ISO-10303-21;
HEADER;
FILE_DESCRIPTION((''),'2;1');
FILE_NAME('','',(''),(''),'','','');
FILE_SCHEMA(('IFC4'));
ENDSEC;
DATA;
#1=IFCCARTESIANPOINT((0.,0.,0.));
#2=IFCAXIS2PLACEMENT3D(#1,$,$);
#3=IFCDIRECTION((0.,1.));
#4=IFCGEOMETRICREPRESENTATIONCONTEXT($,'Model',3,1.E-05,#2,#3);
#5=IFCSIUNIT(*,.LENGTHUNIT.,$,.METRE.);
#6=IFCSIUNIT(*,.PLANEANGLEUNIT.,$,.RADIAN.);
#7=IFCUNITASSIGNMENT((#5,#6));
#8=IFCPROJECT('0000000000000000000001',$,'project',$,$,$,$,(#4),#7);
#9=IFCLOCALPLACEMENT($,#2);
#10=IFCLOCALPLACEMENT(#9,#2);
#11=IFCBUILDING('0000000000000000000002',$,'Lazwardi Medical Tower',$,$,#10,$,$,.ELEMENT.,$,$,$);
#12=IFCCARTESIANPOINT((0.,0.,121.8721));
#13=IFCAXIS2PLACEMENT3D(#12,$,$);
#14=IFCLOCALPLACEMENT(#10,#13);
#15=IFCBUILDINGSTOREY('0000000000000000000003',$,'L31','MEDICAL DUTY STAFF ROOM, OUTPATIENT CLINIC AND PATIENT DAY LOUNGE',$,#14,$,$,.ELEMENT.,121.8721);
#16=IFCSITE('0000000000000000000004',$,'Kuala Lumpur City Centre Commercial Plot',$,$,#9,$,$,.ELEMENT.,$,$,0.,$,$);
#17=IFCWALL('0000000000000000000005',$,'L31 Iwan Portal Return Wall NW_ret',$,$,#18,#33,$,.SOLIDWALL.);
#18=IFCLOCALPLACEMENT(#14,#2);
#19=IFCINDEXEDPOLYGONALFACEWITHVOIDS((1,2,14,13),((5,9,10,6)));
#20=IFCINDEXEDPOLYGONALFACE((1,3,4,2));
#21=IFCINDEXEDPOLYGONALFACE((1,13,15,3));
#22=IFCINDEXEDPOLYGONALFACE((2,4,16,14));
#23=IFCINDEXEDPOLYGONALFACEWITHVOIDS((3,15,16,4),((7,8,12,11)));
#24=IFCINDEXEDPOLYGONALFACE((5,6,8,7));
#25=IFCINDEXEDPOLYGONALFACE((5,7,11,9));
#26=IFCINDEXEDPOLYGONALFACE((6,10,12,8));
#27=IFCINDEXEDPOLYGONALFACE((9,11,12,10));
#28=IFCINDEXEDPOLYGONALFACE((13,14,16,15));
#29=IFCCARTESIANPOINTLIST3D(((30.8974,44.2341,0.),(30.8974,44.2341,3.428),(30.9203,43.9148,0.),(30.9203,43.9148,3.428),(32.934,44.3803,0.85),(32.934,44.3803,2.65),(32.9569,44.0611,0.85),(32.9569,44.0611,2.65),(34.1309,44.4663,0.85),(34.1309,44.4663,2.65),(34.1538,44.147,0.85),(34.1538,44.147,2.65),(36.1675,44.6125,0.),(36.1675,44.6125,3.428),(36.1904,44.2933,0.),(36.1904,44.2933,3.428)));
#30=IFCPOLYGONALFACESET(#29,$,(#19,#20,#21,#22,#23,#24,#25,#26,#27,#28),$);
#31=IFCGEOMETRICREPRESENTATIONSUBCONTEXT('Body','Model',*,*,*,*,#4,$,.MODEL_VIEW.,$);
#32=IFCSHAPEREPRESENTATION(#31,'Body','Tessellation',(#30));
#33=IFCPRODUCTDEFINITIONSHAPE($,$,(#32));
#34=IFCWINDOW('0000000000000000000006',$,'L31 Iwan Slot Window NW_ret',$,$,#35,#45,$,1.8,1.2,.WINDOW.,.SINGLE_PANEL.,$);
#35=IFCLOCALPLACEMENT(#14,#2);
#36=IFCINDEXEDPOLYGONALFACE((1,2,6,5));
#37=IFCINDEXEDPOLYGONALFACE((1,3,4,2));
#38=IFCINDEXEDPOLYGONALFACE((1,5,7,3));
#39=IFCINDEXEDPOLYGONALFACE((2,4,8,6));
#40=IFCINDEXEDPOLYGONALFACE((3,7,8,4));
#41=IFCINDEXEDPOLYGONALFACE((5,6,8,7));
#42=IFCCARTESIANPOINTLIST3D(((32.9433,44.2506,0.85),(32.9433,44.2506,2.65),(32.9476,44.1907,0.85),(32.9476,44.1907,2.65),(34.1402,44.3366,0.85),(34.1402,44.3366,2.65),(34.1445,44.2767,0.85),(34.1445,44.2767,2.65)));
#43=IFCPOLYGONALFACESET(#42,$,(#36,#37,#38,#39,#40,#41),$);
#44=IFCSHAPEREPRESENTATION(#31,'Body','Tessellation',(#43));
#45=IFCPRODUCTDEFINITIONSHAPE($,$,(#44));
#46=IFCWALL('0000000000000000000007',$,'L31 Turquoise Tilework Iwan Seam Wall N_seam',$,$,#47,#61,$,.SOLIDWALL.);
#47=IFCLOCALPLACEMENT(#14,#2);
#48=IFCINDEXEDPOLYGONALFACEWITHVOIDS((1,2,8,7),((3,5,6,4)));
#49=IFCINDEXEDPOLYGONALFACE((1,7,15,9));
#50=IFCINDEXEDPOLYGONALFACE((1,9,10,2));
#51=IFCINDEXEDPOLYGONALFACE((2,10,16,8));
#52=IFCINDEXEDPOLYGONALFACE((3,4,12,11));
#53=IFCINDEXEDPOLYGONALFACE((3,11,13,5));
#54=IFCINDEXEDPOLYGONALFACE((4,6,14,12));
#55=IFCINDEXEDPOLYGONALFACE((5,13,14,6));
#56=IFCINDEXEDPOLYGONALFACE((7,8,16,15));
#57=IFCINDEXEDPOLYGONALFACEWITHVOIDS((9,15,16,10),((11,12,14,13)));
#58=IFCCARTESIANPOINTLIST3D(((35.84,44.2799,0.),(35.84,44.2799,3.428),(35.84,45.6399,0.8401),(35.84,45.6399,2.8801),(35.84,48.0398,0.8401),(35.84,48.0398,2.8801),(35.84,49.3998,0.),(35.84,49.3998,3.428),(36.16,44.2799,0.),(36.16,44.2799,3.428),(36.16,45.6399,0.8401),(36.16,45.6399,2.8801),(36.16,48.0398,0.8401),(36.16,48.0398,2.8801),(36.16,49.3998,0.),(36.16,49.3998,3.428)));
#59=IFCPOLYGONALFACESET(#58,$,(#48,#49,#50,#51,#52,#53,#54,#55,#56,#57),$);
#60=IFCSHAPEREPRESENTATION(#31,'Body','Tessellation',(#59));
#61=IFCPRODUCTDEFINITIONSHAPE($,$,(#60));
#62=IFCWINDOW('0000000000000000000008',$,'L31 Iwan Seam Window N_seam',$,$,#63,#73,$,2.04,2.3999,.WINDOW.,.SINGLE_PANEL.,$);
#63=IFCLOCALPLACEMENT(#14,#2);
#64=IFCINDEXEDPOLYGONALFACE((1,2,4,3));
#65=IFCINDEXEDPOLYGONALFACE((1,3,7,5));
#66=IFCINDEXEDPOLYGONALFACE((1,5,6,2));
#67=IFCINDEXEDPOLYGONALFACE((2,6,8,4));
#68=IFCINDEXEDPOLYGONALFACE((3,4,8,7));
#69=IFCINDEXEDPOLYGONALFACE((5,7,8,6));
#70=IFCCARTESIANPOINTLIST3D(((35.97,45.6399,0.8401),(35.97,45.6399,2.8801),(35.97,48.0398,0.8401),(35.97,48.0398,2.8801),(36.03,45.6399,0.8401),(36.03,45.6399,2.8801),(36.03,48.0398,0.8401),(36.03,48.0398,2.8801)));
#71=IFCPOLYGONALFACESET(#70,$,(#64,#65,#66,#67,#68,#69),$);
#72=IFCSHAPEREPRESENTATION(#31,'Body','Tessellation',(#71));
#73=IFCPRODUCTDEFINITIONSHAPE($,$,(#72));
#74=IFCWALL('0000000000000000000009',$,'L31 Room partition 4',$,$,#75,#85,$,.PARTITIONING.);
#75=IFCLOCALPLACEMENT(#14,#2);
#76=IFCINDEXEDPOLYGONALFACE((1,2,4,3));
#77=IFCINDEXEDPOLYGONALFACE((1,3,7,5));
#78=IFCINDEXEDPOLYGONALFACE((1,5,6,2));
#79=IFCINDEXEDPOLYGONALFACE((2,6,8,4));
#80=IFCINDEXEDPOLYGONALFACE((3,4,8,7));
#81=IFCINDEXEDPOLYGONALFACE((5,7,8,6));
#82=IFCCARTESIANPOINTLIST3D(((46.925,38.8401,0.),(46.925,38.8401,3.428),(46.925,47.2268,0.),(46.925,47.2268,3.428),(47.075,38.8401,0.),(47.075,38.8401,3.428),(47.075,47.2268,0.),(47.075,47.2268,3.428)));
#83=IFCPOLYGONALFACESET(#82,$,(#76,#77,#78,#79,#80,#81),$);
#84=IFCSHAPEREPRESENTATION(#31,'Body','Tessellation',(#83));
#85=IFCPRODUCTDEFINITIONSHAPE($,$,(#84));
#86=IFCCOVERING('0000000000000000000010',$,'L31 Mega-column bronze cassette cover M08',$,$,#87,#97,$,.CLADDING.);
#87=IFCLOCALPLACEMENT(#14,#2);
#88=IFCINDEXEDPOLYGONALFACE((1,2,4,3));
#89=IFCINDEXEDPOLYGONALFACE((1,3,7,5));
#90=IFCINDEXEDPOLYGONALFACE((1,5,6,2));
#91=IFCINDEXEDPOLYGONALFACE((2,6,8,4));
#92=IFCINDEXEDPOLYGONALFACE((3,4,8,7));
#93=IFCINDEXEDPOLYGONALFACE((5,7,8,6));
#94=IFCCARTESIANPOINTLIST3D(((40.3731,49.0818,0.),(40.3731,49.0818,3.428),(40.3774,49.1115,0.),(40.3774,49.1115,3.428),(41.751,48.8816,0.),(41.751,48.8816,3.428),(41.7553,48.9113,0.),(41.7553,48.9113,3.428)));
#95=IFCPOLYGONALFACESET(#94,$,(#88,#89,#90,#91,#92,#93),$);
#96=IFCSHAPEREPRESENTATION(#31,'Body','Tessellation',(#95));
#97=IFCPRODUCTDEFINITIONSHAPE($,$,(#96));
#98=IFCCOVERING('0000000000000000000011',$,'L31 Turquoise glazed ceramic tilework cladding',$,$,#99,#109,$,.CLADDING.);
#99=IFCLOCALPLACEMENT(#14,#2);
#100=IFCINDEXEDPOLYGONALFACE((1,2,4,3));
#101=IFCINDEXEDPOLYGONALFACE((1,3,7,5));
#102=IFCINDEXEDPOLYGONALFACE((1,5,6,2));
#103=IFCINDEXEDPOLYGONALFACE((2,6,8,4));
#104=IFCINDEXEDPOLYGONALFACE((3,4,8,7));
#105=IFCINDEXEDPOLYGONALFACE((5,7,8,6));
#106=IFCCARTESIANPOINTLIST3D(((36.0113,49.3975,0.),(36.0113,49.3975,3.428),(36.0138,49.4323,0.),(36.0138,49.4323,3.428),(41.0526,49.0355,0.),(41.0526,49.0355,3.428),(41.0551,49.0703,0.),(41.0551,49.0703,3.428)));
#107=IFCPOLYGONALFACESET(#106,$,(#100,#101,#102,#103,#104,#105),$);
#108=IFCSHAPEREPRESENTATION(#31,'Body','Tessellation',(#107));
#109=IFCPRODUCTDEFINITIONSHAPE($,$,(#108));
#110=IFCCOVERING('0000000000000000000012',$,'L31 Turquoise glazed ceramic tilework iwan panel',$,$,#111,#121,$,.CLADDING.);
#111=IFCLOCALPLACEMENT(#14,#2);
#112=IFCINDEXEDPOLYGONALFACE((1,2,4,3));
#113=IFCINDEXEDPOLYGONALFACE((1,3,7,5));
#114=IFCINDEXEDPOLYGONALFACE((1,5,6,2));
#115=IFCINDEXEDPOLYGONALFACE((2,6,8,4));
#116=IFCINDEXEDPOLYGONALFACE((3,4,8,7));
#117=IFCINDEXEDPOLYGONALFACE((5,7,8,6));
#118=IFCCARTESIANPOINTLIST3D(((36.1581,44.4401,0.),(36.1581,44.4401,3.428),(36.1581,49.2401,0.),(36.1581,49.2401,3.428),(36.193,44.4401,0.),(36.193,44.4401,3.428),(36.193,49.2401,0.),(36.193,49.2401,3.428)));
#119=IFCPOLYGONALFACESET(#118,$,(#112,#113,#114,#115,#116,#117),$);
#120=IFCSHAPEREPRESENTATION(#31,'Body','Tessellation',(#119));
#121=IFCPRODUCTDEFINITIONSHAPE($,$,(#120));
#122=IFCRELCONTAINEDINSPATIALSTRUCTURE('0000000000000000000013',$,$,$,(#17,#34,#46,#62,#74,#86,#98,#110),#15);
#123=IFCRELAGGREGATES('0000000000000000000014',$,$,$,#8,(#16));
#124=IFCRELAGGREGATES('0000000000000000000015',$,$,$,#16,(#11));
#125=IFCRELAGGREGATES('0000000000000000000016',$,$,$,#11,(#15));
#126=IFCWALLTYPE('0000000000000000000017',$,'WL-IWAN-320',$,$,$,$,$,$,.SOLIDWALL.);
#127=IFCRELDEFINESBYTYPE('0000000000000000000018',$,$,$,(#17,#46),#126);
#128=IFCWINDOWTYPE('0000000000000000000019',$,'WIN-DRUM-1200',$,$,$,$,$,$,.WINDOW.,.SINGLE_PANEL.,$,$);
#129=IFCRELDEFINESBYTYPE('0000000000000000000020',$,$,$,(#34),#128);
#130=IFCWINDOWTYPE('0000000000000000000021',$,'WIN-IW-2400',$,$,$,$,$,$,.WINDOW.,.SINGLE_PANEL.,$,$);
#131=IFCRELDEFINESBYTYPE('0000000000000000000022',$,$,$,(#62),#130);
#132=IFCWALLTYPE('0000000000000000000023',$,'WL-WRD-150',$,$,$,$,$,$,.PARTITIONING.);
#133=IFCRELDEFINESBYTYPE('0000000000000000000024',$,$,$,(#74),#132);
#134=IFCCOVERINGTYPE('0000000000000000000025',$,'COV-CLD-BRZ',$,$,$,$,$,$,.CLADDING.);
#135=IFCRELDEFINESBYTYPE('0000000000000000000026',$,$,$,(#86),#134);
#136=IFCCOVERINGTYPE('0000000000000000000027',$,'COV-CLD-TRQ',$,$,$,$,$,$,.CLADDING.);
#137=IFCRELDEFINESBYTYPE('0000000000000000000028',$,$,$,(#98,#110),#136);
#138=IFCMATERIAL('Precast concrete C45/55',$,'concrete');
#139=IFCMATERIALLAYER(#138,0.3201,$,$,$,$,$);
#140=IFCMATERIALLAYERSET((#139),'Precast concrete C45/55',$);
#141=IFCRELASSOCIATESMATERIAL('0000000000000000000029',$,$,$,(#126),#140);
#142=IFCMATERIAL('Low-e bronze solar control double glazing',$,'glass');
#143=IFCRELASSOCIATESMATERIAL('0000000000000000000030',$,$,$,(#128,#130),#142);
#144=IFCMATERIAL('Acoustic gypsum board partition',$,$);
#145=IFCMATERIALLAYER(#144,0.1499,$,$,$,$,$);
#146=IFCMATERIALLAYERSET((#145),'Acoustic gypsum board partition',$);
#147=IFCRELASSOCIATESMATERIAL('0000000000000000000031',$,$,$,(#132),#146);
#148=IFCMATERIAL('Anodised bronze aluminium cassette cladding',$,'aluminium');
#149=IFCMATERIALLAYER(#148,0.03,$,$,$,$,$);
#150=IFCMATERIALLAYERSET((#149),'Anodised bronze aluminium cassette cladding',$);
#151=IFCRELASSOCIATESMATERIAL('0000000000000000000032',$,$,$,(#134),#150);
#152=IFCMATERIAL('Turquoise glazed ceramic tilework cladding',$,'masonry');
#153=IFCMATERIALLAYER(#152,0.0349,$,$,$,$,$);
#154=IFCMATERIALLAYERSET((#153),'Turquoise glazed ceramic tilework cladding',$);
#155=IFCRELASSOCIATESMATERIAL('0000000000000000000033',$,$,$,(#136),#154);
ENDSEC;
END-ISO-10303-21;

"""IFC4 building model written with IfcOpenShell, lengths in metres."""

from ifc_helpers import new_model, si_unit, direction, frame, frame_2d, origin, origin_2d, place, context, subcontext, project, spatial, rectangle, extrude, material, layer, layer_set, type_object, element, fill, save


model = new_model("IFC4")

# Units and contexts
model_context = context("Model", 3, precision=1e-05, world=origin(), true_north=direction((0.0, 1.0)))
body_context = subcontext(model_context, "Body", "Model", "MODEL_VIEW")
ifc_project = project(units=[si_unit("LENGTHUNIT", "METRE"), si_unit("PLANEANGLEUNIT", "RADIAN")], contexts=[model_context])

# Site, building, storey
site_placement = place(None, origin())
site = spatial("IfcSite", under=ifc_project, at=site_placement, Name="Kuala Lumpur City Centre Commercial Plot", CompositionType="ELEMENT", RefElevation=0.0)
building_placement = place(site_placement, origin())
building = spatial("IfcBuilding", under=site, at=building_placement, Name="Lazwardi Medical Tower", CompositionType="ELEMENT")
storey_placement = place(building_placement, frame((0.0, 0.0, 121.8721)))
storey = spatial("IfcBuildingStorey", under=building, at=storey_placement, Name="L31", Description="MEDICAL DUTY STAFF ROOM, OUTPATIENT CLINIC AND PATIENT DAY LOUNGE", CompositionType="ELEMENT", Elevation=121.8721)

# Shared definitions
ifc_material_1 = material(Name="Low-e bronze solar control double glazing", Category="glass")

# Walls, openings, windows
ifc_material_2 = material(Name="Precast concrete C45/55", Category="concrete")
ifc_layer_1 = layer(ifc_material_2, 0.3201)
ifc_layer_set_1 = layer_set([ifc_layer_1], Name="Precast concrete C45/55")
wall_type_1 = type_object("IfcWallType", Name="WL-IWAN-320", PredefinedType="SOLIDWALL", material=ifc_layer_set_1)
wall_1_placement = place(storey_placement, frame((36.179, 44.4529, 0.0), z_axis=(0.0, 0.0, 1.0), x_axis=(-0.997432, -0.071621, 0.0)))
wall_1 = element("IfcWall", 1, at=wall_1_placement, inside=storey, type_object=wall_type_1, Name="L31 Iwan Portal Return Wall NW_ret", PredefinedType="SOLIDWALL", context=body_context, shape_type="SweptSolid", body=[
    extrude(rectangle(XDim=5.2837, YDim=0.3201, at=frame_2d((2.6418, 0.0))), origin(), (0.0, 0.0, 1.0), 3.428),
])
opening_1_placement = place(wall_1_placement, frame((2.0417, 0.0, 0.8501)))
opening_1 = element("IfcOpeningElement", 2, at=opening_1_placement, cuts=wall_1, PredefinedType="OPENING", context=body_context, shape_type="SweptSolid", body=[
    extrude(rectangle(XDim=1.2, YDim=1.8, at=frame_2d((0.6001, 0.8999))), frame((0.0, 0.1699, 0.0), z_axis=(0.0, -1.0, 0.0), x_axis=(1.0, 0.0, 0.0)), (0.0, 0.0, 1.0), 0.3401),
])
window_type_1 = type_object("IfcWindowType", Name="WIN-DRUM-1200", PartitioningType="SINGLE_PANEL", PredefinedType="WINDOW", material=ifc_material_1)
window_1_placement = place(opening_1_placement, origin())
window_1 = element("IfcWindow", 3, at=window_1_placement, inside=storey, type_object=window_type_1, Name="L31 Iwan Slot Window NW_ret", OverallHeight=1.8, OverallWidth=1.2, PartitioningType="SINGLE_PANEL", PredefinedType="WINDOW", context=body_context, shape_type="SweptSolid", body=[
    extrude(rectangle(XDim=1.2, YDim=1.8, at=frame_2d((0.6001, 0.8999))), frame((0.0, 0.03, 0.0), z_axis=(0.0, -1.0, 0.0), x_axis=(1.0, 0.0, 0.0)), (0.0, 0.0, 1.0), 0.0601),
])
fill(opening_1, window_1)
wall_2_placement = place(storey_placement, frame((36.0, 49.3999, 0.0), z_axis=(0.0, 0.0, 1.0), x_axis=(0.0, -1.0, 0.0)))
wall_2 = element("IfcWall", 4, at=wall_2_placement, inside=storey, type_object=wall_type_1, Name="L31 Turquoise Tilework Iwan Seam Wall N_seam", PredefinedType="SOLIDWALL", context=body_context, shape_type="SweptSolid", body=[
    extrude(rectangle(XDim=5.1199, YDim=0.3201, at=frame_2d((2.5601, 0.0))), origin(), (0.0, 0.0, 1.0), 3.428),
])
opening_2_placement = place(wall_2_placement, frame((1.3601, 0.0, 0.8401)))
opening_2 = element("IfcOpeningElement", 5, at=opening_2_placement, cuts=wall_2, PredefinedType="OPENING", context=body_context, shape_type="SweptSolid", body=[
    extrude(rectangle(XDim=2.3999, YDim=2.04, at=frame_2d((1.2, 1.02))), frame((0.0, 0.1699, 0.0), z_axis=(0.0, -1.0, 0.0), x_axis=(1.0, 0.0, 0.0)), (0.0, 0.0, 1.0), 0.3401),
])
window_type_2 = type_object("IfcWindowType", Name="WIN-IW-2400", PartitioningType="SINGLE_PANEL", PredefinedType="WINDOW", material=ifc_material_1)
window_2_placement = place(opening_2_placement, origin())
window_2 = element("IfcWindow", 6, at=window_2_placement, inside=storey, type_object=window_type_2, Name="L31 Iwan Seam Window N_seam", OverallHeight=2.04, OverallWidth=2.3999, PartitioningType="SINGLE_PANEL", PredefinedType="WINDOW", context=body_context, shape_type="SweptSolid", body=[
    extrude(rectangle(XDim=2.3999, YDim=2.04, at=frame_2d((1.2, 1.02))), frame((0.0, 0.03, 0.0), z_axis=(0.0, -1.0, 0.0), x_axis=(1.0, 0.0, 0.0)), (0.0, 0.0, 1.0), 0.0601),
])
fill(opening_2, window_2)

# Wall
ifc_material_3 = material(Name="Acoustic gypsum board partition")
ifc_layer_2 = layer(ifc_material_3, 0.1499)
ifc_layer_set_2 = layer_set([ifc_layer_2], Name="Acoustic gypsum board partition")
wall_type_2 = type_object("IfcWallType", Name="WL-WRD-150", PredefinedType="PARTITIONING", material=ifc_layer_set_2)
wall_3_placement = place(storey_placement, frame((47.0, 38.8401, 0.0), z_axis=(0.0, 0.0, 1.0), x_axis=(0.0, 1.0, 0.0)))
element("IfcWall", 7, at=wall_3_placement, inside=storey, type_object=wall_type_2, Name="L31 Room partition 4", PredefinedType="PARTITIONING", context=body_context, shape_type="SweptSolid", body=[
    extrude(rectangle(XDim=8.3867, YDim=0.1499, at=frame_2d((4.1934, 0.0))), origin(), (0.0, 0.0, 1.0), 3.428),
])

# Coverings
ifc_material_4 = material(Name="Anodised bronze aluminium cassette cladding", Category="aluminium")
ifc_layer_3 = layer(ifc_material_4, 0.03)
ifc_layer_set_3 = layer_set([ifc_layer_3], Name="Anodised bronze aluminium cassette cladding")
covering_type_1 = type_object("IfcCoveringType", Name="COV-CLD-BRZ", PredefinedType="CLADDING", material=ifc_layer_set_3)
covering_1_placement = place(storey_placement, frame((41.0642, 48.9966, 0.0), z_axis=(0.0, 0.0, 1.0), x_axis=(-0.989609, 0.143785, 0.0)))
element("IfcCovering", 8, at=covering_1_placement, inside=storey, type_object=covering_type_1, Name="L31 Mega-column bronze cassette cover M08", PredefinedType="CLADDING", context=body_context, shape_type="SweptSolid", body=[
    extrude(rectangle(XDim=1.3923, YDim=0.03, at=origin_2d()), origin(), (0.0, 0.0, 1.0), 3.428),
])
ifc_material_5 = material(Name="Turquoise glazed ceramic tilework cladding", Category="masonry")
ifc_layer_4 = layer(ifc_material_5, 0.0349)
ifc_layer_set_4 = layer_set([ifc_layer_4], Name="Turquoise glazed ceramic tilework cladding")
covering_type_2 = type_object("IfcCoveringType", Name="COV-CLD-TRQ", PredefinedType="CLADDING", material=ifc_layer_set_4)
covering_2_placement = place(storey_placement, frame((38.5332, 49.2339, 0.0), z_axis=(0.0, 0.0, 1.0), x_axis=(-0.997432, 0.071625, 0.0)))
element("IfcCovering", 9, at=covering_2_placement, inside=storey, type_object=covering_type_2, Name="L31 Turquoise glazed ceramic tilework cladding", PredefinedType="CLADDING", context=body_context, shape_type="SweptSolid", body=[
    extrude(rectangle(XDim=5.0542, YDim=0.0349, at=origin_2d()), origin(), (0.0, 0.0, 1.0), 3.428),
])
covering_3_placement = place(storey_placement, frame((36.1755, 46.8401, 0.0), z_axis=(0.0, 0.0, 1.0), x_axis=(0.0, -1.0, 0.0)))
element("IfcCovering", 10, at=covering_3_placement, inside=storey, type_object=covering_type_2, Name="L31 Turquoise glazed ceramic tilework iwan panel", PredefinedType="CLADDING", context=body_context, shape_type="SweptSolid", body=[
    extrude(rectangle(XDim=4.8, YDim=0.0349, at=origin_2d()), origin(), (0.0, 0.0, 1.0), 3.428),
])

save(model, "model.ifc")
